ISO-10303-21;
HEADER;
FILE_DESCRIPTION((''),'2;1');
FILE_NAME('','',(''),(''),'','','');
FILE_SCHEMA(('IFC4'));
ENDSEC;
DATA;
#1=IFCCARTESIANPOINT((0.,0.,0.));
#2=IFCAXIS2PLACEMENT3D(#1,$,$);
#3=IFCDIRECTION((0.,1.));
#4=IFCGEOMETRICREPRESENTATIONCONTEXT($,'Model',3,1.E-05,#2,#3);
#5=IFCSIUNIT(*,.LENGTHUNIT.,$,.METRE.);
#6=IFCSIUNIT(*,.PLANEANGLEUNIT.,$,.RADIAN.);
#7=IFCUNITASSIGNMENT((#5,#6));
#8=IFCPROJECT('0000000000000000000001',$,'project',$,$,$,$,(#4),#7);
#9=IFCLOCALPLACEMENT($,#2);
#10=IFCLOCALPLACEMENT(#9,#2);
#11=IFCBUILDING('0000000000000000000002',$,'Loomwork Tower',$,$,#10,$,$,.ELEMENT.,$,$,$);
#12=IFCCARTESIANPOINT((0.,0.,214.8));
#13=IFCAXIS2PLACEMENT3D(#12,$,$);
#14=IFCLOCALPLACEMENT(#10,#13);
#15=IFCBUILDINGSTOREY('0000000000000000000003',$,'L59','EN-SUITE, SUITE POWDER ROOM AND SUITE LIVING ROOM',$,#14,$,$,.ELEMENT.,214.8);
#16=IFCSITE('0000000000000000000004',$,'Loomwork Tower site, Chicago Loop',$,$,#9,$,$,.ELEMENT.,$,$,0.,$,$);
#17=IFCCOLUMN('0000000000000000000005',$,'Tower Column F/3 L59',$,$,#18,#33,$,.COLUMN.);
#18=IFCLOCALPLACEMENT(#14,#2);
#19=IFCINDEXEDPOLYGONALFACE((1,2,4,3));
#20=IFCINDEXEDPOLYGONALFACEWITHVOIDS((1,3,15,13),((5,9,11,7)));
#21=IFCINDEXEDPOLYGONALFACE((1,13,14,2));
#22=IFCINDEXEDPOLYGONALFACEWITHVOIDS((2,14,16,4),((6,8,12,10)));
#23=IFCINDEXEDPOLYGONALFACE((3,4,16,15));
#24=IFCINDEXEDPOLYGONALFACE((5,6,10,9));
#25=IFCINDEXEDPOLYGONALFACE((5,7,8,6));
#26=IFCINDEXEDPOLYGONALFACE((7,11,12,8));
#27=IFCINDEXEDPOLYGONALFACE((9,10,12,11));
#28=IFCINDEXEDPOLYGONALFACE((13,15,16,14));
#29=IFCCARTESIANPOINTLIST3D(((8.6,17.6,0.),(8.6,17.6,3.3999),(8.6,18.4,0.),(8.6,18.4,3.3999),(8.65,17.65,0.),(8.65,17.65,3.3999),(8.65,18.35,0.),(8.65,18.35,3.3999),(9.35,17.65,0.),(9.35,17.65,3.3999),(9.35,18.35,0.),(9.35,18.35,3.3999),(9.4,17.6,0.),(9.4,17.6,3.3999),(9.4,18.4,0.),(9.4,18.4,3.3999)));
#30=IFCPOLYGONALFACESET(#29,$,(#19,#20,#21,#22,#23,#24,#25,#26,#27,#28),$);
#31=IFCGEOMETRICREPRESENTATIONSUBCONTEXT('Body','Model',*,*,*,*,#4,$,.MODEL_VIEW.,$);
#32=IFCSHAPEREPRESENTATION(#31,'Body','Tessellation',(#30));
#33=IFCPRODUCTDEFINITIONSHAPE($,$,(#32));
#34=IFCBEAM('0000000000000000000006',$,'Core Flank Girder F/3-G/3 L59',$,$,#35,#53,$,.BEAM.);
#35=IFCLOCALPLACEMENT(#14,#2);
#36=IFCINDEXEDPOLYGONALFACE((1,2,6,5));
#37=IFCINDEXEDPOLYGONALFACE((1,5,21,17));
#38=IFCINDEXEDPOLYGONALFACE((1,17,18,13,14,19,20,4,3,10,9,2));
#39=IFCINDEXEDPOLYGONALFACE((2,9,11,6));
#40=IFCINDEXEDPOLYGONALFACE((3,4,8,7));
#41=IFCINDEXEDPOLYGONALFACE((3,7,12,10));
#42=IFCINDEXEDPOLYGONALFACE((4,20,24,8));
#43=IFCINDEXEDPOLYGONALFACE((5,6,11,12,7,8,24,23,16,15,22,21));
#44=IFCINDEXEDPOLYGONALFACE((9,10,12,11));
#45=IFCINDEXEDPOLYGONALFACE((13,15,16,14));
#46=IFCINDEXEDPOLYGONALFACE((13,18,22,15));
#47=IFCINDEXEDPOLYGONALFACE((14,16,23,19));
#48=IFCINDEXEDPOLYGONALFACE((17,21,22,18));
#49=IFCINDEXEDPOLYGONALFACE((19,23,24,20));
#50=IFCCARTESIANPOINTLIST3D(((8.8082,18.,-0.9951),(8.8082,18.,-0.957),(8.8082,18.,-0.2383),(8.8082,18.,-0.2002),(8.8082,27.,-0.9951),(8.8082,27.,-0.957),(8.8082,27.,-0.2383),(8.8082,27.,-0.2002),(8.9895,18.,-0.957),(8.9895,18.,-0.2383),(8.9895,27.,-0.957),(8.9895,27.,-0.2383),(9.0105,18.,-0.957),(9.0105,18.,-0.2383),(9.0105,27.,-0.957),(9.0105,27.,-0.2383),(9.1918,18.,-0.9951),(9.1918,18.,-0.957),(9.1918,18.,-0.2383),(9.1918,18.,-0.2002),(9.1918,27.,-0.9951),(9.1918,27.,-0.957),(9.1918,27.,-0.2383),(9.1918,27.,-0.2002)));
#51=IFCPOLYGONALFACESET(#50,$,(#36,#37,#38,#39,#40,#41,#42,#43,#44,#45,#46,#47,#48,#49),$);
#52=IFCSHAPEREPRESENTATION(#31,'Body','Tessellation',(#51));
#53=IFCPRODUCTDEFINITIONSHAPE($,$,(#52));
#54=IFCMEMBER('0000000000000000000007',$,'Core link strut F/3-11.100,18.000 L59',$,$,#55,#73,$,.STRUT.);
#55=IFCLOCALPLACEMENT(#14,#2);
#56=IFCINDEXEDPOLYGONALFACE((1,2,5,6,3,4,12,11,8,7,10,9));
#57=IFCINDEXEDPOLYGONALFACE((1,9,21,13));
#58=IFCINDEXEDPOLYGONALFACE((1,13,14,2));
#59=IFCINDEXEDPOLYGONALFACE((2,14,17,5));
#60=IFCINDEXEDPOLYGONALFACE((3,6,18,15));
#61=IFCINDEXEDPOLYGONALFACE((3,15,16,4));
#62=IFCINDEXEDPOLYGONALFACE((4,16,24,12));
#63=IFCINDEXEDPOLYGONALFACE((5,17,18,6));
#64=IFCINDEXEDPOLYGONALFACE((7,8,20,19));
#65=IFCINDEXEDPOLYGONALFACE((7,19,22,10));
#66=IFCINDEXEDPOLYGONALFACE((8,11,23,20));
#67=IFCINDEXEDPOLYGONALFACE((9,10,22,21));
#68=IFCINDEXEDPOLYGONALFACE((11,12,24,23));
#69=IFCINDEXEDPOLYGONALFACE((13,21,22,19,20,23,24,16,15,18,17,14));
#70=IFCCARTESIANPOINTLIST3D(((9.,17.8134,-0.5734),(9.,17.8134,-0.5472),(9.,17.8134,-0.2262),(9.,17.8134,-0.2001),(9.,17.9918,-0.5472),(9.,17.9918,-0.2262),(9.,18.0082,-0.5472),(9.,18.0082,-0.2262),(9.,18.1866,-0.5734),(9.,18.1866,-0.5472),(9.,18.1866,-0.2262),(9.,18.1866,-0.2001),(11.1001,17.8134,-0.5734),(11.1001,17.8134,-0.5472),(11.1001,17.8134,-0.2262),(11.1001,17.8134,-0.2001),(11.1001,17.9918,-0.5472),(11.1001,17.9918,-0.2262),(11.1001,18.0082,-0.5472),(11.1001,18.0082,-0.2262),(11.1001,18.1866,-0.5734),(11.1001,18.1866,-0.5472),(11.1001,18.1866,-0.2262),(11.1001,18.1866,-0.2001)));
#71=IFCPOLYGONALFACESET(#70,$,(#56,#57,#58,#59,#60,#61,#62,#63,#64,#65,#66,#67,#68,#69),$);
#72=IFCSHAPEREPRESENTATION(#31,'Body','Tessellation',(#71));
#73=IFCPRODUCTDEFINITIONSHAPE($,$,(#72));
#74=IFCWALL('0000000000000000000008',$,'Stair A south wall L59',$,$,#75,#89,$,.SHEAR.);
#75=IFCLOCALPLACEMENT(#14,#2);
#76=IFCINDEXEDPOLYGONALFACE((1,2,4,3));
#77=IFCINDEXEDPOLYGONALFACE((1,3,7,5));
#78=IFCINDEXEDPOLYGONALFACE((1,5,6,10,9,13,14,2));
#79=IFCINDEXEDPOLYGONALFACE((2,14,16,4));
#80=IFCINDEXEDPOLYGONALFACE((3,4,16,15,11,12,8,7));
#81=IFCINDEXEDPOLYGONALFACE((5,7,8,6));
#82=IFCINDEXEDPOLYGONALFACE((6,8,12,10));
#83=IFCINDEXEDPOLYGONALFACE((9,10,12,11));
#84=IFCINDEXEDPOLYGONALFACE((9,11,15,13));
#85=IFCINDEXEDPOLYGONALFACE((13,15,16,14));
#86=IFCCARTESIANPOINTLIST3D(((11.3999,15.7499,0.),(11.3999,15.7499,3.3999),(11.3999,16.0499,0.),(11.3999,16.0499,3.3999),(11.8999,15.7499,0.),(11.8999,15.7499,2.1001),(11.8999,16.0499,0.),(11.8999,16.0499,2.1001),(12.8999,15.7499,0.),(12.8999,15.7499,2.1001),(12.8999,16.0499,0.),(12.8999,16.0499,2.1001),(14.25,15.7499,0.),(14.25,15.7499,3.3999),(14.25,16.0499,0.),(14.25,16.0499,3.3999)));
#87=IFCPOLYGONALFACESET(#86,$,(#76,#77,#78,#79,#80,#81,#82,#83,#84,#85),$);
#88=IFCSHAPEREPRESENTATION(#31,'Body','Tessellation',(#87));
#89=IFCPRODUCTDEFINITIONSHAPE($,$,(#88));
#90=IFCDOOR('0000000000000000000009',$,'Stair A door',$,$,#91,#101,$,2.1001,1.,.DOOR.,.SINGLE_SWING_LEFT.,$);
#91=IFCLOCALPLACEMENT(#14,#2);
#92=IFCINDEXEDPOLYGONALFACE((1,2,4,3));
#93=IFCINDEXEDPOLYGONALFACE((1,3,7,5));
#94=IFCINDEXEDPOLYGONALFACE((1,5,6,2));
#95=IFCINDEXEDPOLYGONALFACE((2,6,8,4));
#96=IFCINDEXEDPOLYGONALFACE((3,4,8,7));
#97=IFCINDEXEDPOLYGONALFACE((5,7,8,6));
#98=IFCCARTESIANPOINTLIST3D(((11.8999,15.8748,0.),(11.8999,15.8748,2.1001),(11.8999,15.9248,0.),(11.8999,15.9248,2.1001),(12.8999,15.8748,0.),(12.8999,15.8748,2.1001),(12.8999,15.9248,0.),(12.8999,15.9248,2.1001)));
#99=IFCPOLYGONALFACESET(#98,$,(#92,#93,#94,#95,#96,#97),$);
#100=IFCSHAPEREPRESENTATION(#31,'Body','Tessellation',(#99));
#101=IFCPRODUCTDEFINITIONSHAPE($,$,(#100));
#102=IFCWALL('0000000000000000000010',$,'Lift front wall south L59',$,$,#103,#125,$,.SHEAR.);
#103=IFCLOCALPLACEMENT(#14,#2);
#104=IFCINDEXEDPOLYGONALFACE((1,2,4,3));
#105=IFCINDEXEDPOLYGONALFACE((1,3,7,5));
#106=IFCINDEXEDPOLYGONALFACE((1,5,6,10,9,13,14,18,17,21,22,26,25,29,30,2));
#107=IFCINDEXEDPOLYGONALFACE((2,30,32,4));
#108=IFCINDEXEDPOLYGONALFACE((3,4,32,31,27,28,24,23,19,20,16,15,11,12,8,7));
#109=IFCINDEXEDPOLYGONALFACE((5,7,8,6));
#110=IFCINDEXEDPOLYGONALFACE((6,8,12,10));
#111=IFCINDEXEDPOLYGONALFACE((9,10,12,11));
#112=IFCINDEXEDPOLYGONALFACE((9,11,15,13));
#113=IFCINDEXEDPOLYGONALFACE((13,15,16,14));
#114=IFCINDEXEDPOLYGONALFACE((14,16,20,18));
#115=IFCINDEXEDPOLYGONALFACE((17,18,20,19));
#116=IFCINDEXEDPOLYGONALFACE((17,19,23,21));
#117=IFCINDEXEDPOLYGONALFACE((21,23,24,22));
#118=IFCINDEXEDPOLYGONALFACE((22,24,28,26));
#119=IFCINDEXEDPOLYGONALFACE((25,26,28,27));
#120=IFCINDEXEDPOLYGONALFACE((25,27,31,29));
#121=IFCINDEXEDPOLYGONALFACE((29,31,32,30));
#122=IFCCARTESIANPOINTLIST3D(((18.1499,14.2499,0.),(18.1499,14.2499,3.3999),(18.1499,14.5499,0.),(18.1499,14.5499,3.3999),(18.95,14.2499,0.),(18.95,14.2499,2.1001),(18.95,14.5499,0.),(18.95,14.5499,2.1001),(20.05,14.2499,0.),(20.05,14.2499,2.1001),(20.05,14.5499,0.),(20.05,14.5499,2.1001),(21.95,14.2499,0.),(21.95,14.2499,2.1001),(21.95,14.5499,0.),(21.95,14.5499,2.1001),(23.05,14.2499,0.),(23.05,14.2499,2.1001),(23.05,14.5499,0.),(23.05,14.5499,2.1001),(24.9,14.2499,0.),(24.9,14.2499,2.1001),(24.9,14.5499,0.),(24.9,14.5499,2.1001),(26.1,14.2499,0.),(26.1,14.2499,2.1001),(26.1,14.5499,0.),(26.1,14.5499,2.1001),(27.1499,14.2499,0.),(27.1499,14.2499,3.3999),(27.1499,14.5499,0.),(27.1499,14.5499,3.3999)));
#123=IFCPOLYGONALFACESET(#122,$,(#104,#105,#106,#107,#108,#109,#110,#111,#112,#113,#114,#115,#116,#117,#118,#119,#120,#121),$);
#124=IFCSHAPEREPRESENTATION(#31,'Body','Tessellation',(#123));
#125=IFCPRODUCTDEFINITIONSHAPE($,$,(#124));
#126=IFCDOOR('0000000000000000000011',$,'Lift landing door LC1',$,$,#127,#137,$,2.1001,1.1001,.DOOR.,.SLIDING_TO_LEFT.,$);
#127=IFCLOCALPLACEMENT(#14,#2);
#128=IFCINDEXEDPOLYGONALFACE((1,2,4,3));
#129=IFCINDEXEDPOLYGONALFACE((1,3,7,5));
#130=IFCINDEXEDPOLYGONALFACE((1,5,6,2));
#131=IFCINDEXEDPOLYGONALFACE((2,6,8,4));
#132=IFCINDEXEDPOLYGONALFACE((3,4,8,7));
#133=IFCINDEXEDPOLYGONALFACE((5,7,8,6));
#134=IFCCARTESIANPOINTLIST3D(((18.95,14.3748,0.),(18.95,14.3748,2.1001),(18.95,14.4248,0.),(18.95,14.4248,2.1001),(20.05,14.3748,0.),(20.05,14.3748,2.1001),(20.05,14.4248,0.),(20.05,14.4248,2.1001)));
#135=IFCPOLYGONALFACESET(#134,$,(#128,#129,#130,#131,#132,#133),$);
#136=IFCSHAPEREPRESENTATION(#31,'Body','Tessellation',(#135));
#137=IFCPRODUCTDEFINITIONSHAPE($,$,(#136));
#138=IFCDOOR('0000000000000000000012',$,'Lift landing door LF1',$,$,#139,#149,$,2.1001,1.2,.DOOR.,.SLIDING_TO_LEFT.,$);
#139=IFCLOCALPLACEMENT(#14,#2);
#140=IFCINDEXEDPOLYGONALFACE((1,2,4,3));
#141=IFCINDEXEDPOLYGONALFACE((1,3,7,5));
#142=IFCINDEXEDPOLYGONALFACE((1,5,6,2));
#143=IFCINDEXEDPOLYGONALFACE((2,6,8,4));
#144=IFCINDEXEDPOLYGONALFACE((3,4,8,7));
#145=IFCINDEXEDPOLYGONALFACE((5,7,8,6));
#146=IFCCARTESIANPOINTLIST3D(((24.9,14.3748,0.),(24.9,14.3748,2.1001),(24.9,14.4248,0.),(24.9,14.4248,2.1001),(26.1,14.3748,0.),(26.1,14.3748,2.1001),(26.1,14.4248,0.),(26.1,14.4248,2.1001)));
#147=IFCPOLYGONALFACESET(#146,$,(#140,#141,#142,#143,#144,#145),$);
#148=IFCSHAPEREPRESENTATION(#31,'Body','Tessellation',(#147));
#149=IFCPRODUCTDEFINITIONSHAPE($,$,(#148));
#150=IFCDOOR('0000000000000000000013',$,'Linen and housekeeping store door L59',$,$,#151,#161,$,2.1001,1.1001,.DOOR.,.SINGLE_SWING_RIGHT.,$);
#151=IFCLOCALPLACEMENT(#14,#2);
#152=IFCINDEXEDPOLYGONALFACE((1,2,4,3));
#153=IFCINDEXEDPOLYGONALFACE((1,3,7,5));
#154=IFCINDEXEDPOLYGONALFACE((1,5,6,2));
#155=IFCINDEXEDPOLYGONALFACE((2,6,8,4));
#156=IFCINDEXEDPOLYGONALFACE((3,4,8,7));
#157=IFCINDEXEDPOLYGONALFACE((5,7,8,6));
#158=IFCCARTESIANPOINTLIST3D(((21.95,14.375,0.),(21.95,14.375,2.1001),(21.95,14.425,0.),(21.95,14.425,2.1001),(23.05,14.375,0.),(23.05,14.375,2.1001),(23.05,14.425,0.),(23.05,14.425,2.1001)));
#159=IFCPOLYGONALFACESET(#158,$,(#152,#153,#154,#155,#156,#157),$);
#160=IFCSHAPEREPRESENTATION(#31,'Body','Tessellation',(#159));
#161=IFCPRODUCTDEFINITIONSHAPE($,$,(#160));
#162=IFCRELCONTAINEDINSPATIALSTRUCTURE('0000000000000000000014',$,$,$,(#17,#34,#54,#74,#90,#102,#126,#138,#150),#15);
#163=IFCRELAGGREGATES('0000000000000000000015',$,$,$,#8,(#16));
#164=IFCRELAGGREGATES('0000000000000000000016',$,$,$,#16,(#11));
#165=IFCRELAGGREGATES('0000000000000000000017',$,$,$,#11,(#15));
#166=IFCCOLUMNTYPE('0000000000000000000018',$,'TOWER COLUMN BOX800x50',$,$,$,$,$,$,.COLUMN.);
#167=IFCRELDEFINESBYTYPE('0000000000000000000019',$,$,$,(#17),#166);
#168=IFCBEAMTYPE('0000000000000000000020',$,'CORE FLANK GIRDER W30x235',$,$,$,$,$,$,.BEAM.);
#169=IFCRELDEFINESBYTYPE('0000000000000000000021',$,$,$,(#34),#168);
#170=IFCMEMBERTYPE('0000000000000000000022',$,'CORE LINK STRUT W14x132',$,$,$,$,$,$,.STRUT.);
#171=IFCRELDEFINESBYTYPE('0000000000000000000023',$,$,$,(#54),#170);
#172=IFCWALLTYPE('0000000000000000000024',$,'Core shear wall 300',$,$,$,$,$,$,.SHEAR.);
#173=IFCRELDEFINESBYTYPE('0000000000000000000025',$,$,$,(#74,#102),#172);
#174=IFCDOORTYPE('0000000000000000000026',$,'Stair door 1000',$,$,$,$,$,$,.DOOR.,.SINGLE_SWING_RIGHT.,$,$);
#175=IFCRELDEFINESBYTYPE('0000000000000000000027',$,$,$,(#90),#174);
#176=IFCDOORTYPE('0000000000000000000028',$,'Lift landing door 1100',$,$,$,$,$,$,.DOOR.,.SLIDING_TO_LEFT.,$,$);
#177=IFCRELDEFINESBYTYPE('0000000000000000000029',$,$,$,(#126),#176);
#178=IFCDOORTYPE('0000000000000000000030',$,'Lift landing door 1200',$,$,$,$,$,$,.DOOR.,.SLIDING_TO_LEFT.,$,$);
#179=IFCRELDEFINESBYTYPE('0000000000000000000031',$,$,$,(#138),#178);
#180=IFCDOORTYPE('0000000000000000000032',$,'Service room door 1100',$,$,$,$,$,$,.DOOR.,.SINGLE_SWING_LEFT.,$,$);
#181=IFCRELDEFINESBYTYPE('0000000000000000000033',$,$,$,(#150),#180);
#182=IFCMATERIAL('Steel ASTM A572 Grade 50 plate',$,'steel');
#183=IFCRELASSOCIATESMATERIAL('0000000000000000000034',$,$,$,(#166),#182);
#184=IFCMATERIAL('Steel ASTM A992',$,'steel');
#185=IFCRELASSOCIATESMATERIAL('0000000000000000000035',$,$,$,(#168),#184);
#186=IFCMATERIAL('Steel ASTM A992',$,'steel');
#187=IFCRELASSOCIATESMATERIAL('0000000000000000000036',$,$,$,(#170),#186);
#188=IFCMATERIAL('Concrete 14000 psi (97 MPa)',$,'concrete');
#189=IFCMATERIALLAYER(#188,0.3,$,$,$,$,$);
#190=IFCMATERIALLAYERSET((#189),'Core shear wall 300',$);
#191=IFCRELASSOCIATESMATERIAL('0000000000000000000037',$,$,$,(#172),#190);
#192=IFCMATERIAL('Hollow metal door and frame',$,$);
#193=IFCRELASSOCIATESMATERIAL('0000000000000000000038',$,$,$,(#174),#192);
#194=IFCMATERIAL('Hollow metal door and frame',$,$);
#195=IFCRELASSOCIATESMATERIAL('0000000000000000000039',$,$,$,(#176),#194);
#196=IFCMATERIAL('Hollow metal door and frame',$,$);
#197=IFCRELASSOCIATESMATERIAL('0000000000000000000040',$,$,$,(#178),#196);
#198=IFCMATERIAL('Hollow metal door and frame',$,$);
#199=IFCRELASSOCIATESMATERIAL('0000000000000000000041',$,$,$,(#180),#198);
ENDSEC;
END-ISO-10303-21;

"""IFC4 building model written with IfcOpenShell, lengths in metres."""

from ifc_helpers import new_model, si_unit, direction, frame, frame_2d, origin, origin_2d, place, context, subcontext, project, spatial, rectangle, hollow_rectangle, i_section, extrude, material, layer, layer_set, material_profile, profile_set, type_object, element, fill, save


model = new_model("IFC4")

# Units and contexts
model_context = context("Model", 3, precision=1e-05, world=origin(), true_north=direction((0.0, 1.0)))
body_context = subcontext(model_context, "Body", "Model", "MODEL_VIEW")
ifc_project = project(units=[si_unit("LENGTHUNIT", "METRE"), si_unit("PLANEANGLEUNIT", "RADIAN")], contexts=[model_context])

# Site, building, storey
site_placement = place(None, origin())
site = spatial("IfcSite", under=ifc_project, at=site_placement, Name="Loomwork Tower site, Chicago Loop", CompositionType="ELEMENT", RefElevation=0.0)
building_placement = place(site_placement, origin())
building = spatial("IfcBuilding", under=site, at=building_placement, Name="Loomwork Tower", CompositionType="ELEMENT")
storey_placement = place(building_placement, frame((0.0, 0.0, 214.8)))
storey = spatial("IfcBuildingStorey", under=building, at=storey_placement, Name="L59", Description="EN-SUITE, SUITE POWDER ROOM AND SUITE LIVING ROOM", CompositionType="ELEMENT", Elevation=214.8)

# Column
ifc_material_1 = material(Name="Steel ASTM A572 Grade 50 plate", Category="steel")
ifc_material_profile_1 = material_profile(ifc_material_1, hollow_rectangle(XDim=0.8, YDim=0.8, WallThickness=0.05, at=origin_2d()), Name="BOX800x50")
ifc_profile_set_1 = profile_set([ifc_material_profile_1], Name="Steel ASTM A572 Grade 50 plate")
column_type = type_object("IfcColumnType", Name="TOWER COLUMN BOX800x50", PredefinedType="COLUMN", material=ifc_profile_set_1)
column_placement = place(storey_placement, frame((9.0, 18.0, 0.0), z_axis=(0.0, 0.0, 1.0), x_axis=(1.0, 0.0, 0.0)))
element("IfcColumn", 1, at=column_placement, inside=storey, type_object=column_type, Name="Tower Column F/3 L59", PredefinedType="COLUMN", context=body_context, shape_type="SweptSolid", body=[
    extrude(hollow_rectangle(XDim=0.8, YDim=0.8, WallThickness=0.05, at=origin_2d()), origin(), (0.0, 0.0, 1.0), 3.3999),
])

# Beam
ifc_material_2 = material(Name="Steel ASTM A992", Category="steel")
ifc_material_profile_2 = material_profile(ifc_material_2, i_section(OverallWidth=0.3835, OverallDepth=0.7949, WebThickness=0.021, FlangeThickness=0.0381, at=origin_2d()), Name="W30x235")
ifc_profile_set_2 = profile_set([ifc_material_profile_2], Name="Steel ASTM A992")
beam_type = type_object("IfcBeamType", Name="CORE FLANK GIRDER W30x235", PredefinedType="BEAM", material=ifc_profile_set_2)
beam_placement = place(storey_placement, frame((9.0, 18.0, -0.5977), z_axis=(0.0, 1.0, 0.0), x_axis=(-1.0, 0.0, 0.0)))
element("IfcBeam", 2, at=beam_placement, inside=storey, type_object=beam_type, Name="Core Flank Girder F/3-G/3 L59", PredefinedType="BEAM", context=body_context, shape_type="SweptSolid", body=[
    extrude(i_section(OverallWidth=0.3835, OverallDepth=0.7949, WebThickness=0.021, FlangeThickness=0.0381, at=origin_2d()), origin(), (0.0, 0.0, 1.0), 9.0),
])

# Member
ifc_material_3 = material(Name="Steel ASTM A992", Category="steel")
ifc_material_profile_3 = material_profile(ifc_material_3, i_section(OverallWidth=0.3733, OverallDepth=0.3733, WebThickness=0.0164, FlangeThickness=0.0261, at=origin_2d()), Name="W14x132")
ifc_profile_set_3 = profile_set([ifc_material_profile_3], Name="Steel ASTM A992")
member_type = type_object("IfcMemberType", Name="CORE LINK STRUT W14x132", PredefinedType="STRUT", material=ifc_profile_set_3)
member_placement = place(storey_placement, frame((9.0, 18.0, -0.3867), z_axis=(1.0, 0.0, 0.0), x_axis=(0.0, 1.0, 0.0)))
element("IfcMember", 3, at=member_placement, inside=storey, type_object=member_type, Name="Core link strut F/3-11.100,18.000 L59", PredefinedType="STRUT", context=body_context, shape_type="SweptSolid", body=[
    extrude(i_section(OverallWidth=0.3733, OverallDepth=0.3733, WebThickness=0.0164, FlangeThickness=0.0261, at=origin_2d()), origin(), (0.0, 0.0, 1.0), 2.1001),
])

# Wall, opening, door
ifc_material_4 = material(Name="Concrete 14000 psi (97 MPa)", Category="concrete")
ifc_layer_1 = layer(ifc_material_4, 0.3)
ifc_layer_set_1 = layer_set([ifc_layer_1], Name="Core shear wall 300")
wall_type_1 = type_object("IfcWallType", Name="Core shear wall 300", PredefinedType="SHEAR", material=ifc_layer_set_1)
wall_1_placement = place(storey_placement, frame((11.3999, 15.8999, 0.0), z_axis=(0.0, 0.0, 1.0), x_axis=(1.0, 0.0, 0.0)))
wall_1 = element("IfcWall", 4, at=wall_1_placement, inside=storey, type_object=wall_type_1, Name="Stair A south wall L59", PredefinedType="SHEAR", context=body_context, shape_type="SweptSolid", body=[
    extrude(rectangle(XDim=2.8501, YDim=0.3, at=frame_2d((1.425, 0.0))), origin(), (0.0, 0.0, 1.0), 3.3999),
])
opening_1_placement = place(wall_1_placement, frame((0.5, 0.0, 0.0)))
opening_1 = element("IfcOpeningElement", 5, at=opening_1_placement, cuts=wall_1, PredefinedType="OPENING", context=body_context, shape_type="SweptSolid", body=[
    extrude(rectangle(XDim=1.0, YDim=2.1001, at=frame_2d((0.5, 1.05))), frame((0.0, 0.1599, 0.0), z_axis=(0.0, -1.0, 0.0), x_axis=(1.0, 0.0, 0.0)), (0.0, 0.0, 1.0), 0.3201),
])
ifc_material_5 = material(Name="Hollow metal door and frame")
door_type_1 = type_object("IfcDoorType", Name="Stair door 1000", OperationType="SINGLE_SWING_RIGHT", PredefinedType="DOOR", material=ifc_material_5)
door_1_placement = place(opening_1_placement, origin())
door_1 = element("IfcDoor", 6, at=door_1_placement, inside=storey, type_object=door_type_1, Name="Stair A door", OperationType="SINGLE_SWING_LEFT", OverallHeight=2.1001, OverallWidth=1.0, PredefinedType="DOOR", context=body_context, shape_type="SweptSolid", body=[
    extrude(rectangle(XDim=1.0, YDim=2.1001, at=frame_2d((0.5, 1.05))), frame((0.0, 0.0249, 0.0), z_axis=(0.0, -1.0, 0.0), x_axis=(1.0, 0.0, 0.0)), (0.0, 0.0, 1.0), 0.05),
])
fill(opening_1, door_1)

# Wall, openings, doors
wall_2_placement = place(storey_placement, frame((18.1499, 14.3999, 0.0), z_axis=(0.0, 0.0, 1.0), x_axis=(1.0, 0.0, 0.0)))
wall_2 = element("IfcWall", 7, at=wall_2_placement, inside=storey, type_object=wall_type_1, Name="Lift front wall south L59", PredefinedType="SHEAR", context=body_context, shape_type="SweptSolid", body=[
    extrude(rectangle(XDim=9.0, YDim=0.3, at=frame_2d((4.5, 0.0))), origin(), (0.0, 0.0, 1.0), 3.3999),
])
opening_2_placement = place(wall_2_placement, frame((0.8, 0.0, 0.0)))
opening_2 = element("IfcOpeningElement", 8, at=opening_2_placement, cuts=wall_2, PredefinedType="OPENING", context=body_context, shape_type="SweptSolid", body=[
    extrude(rectangle(XDim=1.1001, YDim=2.1001, at=frame_2d((0.55, 1.05))), frame((0.0, 0.1599, 0.0), z_axis=(0.0, -1.0, 0.0), x_axis=(1.0, 0.0, 0.0)), (0.0, 0.0, 1.0), 0.3201),
])
opening_3_placement = place(wall_2_placement, frame((6.75, 0.0, 0.0)))
opening_3 = element("IfcOpeningElement", 9, at=opening_3_placement, cuts=wall_2, PredefinedType="OPENING", context=body_context, shape_type="SweptSolid", body=[
    extrude(rectangle(XDim=1.2, YDim=2.1001, at=frame_2d((0.6001, 1.05))), frame((0.0, 0.1599, 0.0), z_axis=(0.0, -1.0, 0.0), x_axis=(1.0, 0.0, 0.0)), (0.0, 0.0, 1.0), 0.3201),
])
opening_4_placement = place(wall_2_placement, frame((3.8, 0.0, 0.0)))
opening_4 = element("IfcOpeningElement", 10, at=opening_4_placement, cuts=wall_2, PredefinedType="OPENING", context=body_context, shape_type="SweptSolid", body=[
    extrude(rectangle(XDim=1.1001, YDim=2.1001, at=frame_2d((0.55, 1.05))), frame((0.0, 0.1599, 0.0), z_axis=(0.0, -1.0, 0.0), x_axis=(1.0, 0.0, 0.0)), (0.0, 0.0, 1.0), 0.3201),
])
ifc_material_6 = material(Name="Hollow metal door and frame")
door_type_2 = type_object("IfcDoorType", Name="Lift landing door 1100", OperationType="SLIDING_TO_LEFT", PredefinedType="DOOR", material=ifc_material_6)
door_2_placement = place(opening_2_placement, origin())
door_2 = element("IfcDoor", 11, at=door_2_placement, inside=storey, type_object=door_type_2, Name="Lift landing door LC1", OperationType="SLIDING_TO_LEFT", OverallHeight=2.1001, OverallWidth=1.1001, PredefinedType="DOOR", context=body_context, shape_type="SweptSolid", body=[
    extrude(rectangle(XDim=1.1001, YDim=2.1001, at=frame_2d((0.55, 1.05))), frame((0.0, 0.0249, 0.0), z_axis=(0.0, -1.0, 0.0), x_axis=(1.0, 0.0, 0.0)), (0.0, 0.0, 1.0), 0.05),
])
fill(opening_2, door_2)
ifc_material_7 = material(Name="Hollow metal door and frame")
door_type_3 = type_object("IfcDoorType", Name="Lift landing door 1200", OperationType="SLIDING_TO_LEFT", PredefinedType="DOOR", material=ifc_material_7)
door_3_placement = place(opening_3_placement, origin())
door_3 = element("IfcDoor", 12, at=door_3_placement, inside=storey, type_object=door_type_3, Name="Lift landing door LF1", OperationType="SLIDING_TO_LEFT", OverallHeight=2.1001, OverallWidth=1.2, PredefinedType="DOOR", context=body_context, shape_type="SweptSolid", body=[
    extrude(rectangle(XDim=1.2, YDim=2.1001, at=frame_2d((0.6001, 1.05))), frame((0.0, 0.0249, 0.0), z_axis=(0.0, -1.0, 0.0), x_axis=(1.0, 0.0, 0.0)), (0.0, 0.0, 1.0), 0.05),
])
fill(opening_3, door_3)
ifc_material_8 = material(Name="Hollow metal door and frame")
door_type_4 = type_object("IfcDoorType", Name="Service room door 1100", OperationType="SINGLE_SWING_LEFT", PredefinedType="DOOR", material=ifc_material_8)
door_4_placement = place(opening_4_placement, frame((1.1001, 0.0, 0.0), z_axis=(0.0, 0.0, 1.0), x_axis=(-1.0, 0.0, 0.0)))
door_4 = element("IfcDoor", 13, at=door_4_placement, inside=storey, type_object=door_type_4, Name="Linen and housekeeping store door L59", OperationType="SINGLE_SWING_RIGHT", OverallHeight=2.1001, OverallWidth=1.1001, PredefinedType="DOOR", context=body_context, shape_type="SweptSolid", body=[
    extrude(rectangle(XDim=1.1001, YDim=2.1001, at=frame_2d((0.55, 1.05))), frame((0.0, 0.0249, 0.0), z_axis=(0.0, -1.0, 0.0), x_axis=(1.0, 0.0, 0.0)), (0.0, 0.0, 1.0), 0.05),
])
fill(opening_4, door_4)

save(model, "model.ifc")
